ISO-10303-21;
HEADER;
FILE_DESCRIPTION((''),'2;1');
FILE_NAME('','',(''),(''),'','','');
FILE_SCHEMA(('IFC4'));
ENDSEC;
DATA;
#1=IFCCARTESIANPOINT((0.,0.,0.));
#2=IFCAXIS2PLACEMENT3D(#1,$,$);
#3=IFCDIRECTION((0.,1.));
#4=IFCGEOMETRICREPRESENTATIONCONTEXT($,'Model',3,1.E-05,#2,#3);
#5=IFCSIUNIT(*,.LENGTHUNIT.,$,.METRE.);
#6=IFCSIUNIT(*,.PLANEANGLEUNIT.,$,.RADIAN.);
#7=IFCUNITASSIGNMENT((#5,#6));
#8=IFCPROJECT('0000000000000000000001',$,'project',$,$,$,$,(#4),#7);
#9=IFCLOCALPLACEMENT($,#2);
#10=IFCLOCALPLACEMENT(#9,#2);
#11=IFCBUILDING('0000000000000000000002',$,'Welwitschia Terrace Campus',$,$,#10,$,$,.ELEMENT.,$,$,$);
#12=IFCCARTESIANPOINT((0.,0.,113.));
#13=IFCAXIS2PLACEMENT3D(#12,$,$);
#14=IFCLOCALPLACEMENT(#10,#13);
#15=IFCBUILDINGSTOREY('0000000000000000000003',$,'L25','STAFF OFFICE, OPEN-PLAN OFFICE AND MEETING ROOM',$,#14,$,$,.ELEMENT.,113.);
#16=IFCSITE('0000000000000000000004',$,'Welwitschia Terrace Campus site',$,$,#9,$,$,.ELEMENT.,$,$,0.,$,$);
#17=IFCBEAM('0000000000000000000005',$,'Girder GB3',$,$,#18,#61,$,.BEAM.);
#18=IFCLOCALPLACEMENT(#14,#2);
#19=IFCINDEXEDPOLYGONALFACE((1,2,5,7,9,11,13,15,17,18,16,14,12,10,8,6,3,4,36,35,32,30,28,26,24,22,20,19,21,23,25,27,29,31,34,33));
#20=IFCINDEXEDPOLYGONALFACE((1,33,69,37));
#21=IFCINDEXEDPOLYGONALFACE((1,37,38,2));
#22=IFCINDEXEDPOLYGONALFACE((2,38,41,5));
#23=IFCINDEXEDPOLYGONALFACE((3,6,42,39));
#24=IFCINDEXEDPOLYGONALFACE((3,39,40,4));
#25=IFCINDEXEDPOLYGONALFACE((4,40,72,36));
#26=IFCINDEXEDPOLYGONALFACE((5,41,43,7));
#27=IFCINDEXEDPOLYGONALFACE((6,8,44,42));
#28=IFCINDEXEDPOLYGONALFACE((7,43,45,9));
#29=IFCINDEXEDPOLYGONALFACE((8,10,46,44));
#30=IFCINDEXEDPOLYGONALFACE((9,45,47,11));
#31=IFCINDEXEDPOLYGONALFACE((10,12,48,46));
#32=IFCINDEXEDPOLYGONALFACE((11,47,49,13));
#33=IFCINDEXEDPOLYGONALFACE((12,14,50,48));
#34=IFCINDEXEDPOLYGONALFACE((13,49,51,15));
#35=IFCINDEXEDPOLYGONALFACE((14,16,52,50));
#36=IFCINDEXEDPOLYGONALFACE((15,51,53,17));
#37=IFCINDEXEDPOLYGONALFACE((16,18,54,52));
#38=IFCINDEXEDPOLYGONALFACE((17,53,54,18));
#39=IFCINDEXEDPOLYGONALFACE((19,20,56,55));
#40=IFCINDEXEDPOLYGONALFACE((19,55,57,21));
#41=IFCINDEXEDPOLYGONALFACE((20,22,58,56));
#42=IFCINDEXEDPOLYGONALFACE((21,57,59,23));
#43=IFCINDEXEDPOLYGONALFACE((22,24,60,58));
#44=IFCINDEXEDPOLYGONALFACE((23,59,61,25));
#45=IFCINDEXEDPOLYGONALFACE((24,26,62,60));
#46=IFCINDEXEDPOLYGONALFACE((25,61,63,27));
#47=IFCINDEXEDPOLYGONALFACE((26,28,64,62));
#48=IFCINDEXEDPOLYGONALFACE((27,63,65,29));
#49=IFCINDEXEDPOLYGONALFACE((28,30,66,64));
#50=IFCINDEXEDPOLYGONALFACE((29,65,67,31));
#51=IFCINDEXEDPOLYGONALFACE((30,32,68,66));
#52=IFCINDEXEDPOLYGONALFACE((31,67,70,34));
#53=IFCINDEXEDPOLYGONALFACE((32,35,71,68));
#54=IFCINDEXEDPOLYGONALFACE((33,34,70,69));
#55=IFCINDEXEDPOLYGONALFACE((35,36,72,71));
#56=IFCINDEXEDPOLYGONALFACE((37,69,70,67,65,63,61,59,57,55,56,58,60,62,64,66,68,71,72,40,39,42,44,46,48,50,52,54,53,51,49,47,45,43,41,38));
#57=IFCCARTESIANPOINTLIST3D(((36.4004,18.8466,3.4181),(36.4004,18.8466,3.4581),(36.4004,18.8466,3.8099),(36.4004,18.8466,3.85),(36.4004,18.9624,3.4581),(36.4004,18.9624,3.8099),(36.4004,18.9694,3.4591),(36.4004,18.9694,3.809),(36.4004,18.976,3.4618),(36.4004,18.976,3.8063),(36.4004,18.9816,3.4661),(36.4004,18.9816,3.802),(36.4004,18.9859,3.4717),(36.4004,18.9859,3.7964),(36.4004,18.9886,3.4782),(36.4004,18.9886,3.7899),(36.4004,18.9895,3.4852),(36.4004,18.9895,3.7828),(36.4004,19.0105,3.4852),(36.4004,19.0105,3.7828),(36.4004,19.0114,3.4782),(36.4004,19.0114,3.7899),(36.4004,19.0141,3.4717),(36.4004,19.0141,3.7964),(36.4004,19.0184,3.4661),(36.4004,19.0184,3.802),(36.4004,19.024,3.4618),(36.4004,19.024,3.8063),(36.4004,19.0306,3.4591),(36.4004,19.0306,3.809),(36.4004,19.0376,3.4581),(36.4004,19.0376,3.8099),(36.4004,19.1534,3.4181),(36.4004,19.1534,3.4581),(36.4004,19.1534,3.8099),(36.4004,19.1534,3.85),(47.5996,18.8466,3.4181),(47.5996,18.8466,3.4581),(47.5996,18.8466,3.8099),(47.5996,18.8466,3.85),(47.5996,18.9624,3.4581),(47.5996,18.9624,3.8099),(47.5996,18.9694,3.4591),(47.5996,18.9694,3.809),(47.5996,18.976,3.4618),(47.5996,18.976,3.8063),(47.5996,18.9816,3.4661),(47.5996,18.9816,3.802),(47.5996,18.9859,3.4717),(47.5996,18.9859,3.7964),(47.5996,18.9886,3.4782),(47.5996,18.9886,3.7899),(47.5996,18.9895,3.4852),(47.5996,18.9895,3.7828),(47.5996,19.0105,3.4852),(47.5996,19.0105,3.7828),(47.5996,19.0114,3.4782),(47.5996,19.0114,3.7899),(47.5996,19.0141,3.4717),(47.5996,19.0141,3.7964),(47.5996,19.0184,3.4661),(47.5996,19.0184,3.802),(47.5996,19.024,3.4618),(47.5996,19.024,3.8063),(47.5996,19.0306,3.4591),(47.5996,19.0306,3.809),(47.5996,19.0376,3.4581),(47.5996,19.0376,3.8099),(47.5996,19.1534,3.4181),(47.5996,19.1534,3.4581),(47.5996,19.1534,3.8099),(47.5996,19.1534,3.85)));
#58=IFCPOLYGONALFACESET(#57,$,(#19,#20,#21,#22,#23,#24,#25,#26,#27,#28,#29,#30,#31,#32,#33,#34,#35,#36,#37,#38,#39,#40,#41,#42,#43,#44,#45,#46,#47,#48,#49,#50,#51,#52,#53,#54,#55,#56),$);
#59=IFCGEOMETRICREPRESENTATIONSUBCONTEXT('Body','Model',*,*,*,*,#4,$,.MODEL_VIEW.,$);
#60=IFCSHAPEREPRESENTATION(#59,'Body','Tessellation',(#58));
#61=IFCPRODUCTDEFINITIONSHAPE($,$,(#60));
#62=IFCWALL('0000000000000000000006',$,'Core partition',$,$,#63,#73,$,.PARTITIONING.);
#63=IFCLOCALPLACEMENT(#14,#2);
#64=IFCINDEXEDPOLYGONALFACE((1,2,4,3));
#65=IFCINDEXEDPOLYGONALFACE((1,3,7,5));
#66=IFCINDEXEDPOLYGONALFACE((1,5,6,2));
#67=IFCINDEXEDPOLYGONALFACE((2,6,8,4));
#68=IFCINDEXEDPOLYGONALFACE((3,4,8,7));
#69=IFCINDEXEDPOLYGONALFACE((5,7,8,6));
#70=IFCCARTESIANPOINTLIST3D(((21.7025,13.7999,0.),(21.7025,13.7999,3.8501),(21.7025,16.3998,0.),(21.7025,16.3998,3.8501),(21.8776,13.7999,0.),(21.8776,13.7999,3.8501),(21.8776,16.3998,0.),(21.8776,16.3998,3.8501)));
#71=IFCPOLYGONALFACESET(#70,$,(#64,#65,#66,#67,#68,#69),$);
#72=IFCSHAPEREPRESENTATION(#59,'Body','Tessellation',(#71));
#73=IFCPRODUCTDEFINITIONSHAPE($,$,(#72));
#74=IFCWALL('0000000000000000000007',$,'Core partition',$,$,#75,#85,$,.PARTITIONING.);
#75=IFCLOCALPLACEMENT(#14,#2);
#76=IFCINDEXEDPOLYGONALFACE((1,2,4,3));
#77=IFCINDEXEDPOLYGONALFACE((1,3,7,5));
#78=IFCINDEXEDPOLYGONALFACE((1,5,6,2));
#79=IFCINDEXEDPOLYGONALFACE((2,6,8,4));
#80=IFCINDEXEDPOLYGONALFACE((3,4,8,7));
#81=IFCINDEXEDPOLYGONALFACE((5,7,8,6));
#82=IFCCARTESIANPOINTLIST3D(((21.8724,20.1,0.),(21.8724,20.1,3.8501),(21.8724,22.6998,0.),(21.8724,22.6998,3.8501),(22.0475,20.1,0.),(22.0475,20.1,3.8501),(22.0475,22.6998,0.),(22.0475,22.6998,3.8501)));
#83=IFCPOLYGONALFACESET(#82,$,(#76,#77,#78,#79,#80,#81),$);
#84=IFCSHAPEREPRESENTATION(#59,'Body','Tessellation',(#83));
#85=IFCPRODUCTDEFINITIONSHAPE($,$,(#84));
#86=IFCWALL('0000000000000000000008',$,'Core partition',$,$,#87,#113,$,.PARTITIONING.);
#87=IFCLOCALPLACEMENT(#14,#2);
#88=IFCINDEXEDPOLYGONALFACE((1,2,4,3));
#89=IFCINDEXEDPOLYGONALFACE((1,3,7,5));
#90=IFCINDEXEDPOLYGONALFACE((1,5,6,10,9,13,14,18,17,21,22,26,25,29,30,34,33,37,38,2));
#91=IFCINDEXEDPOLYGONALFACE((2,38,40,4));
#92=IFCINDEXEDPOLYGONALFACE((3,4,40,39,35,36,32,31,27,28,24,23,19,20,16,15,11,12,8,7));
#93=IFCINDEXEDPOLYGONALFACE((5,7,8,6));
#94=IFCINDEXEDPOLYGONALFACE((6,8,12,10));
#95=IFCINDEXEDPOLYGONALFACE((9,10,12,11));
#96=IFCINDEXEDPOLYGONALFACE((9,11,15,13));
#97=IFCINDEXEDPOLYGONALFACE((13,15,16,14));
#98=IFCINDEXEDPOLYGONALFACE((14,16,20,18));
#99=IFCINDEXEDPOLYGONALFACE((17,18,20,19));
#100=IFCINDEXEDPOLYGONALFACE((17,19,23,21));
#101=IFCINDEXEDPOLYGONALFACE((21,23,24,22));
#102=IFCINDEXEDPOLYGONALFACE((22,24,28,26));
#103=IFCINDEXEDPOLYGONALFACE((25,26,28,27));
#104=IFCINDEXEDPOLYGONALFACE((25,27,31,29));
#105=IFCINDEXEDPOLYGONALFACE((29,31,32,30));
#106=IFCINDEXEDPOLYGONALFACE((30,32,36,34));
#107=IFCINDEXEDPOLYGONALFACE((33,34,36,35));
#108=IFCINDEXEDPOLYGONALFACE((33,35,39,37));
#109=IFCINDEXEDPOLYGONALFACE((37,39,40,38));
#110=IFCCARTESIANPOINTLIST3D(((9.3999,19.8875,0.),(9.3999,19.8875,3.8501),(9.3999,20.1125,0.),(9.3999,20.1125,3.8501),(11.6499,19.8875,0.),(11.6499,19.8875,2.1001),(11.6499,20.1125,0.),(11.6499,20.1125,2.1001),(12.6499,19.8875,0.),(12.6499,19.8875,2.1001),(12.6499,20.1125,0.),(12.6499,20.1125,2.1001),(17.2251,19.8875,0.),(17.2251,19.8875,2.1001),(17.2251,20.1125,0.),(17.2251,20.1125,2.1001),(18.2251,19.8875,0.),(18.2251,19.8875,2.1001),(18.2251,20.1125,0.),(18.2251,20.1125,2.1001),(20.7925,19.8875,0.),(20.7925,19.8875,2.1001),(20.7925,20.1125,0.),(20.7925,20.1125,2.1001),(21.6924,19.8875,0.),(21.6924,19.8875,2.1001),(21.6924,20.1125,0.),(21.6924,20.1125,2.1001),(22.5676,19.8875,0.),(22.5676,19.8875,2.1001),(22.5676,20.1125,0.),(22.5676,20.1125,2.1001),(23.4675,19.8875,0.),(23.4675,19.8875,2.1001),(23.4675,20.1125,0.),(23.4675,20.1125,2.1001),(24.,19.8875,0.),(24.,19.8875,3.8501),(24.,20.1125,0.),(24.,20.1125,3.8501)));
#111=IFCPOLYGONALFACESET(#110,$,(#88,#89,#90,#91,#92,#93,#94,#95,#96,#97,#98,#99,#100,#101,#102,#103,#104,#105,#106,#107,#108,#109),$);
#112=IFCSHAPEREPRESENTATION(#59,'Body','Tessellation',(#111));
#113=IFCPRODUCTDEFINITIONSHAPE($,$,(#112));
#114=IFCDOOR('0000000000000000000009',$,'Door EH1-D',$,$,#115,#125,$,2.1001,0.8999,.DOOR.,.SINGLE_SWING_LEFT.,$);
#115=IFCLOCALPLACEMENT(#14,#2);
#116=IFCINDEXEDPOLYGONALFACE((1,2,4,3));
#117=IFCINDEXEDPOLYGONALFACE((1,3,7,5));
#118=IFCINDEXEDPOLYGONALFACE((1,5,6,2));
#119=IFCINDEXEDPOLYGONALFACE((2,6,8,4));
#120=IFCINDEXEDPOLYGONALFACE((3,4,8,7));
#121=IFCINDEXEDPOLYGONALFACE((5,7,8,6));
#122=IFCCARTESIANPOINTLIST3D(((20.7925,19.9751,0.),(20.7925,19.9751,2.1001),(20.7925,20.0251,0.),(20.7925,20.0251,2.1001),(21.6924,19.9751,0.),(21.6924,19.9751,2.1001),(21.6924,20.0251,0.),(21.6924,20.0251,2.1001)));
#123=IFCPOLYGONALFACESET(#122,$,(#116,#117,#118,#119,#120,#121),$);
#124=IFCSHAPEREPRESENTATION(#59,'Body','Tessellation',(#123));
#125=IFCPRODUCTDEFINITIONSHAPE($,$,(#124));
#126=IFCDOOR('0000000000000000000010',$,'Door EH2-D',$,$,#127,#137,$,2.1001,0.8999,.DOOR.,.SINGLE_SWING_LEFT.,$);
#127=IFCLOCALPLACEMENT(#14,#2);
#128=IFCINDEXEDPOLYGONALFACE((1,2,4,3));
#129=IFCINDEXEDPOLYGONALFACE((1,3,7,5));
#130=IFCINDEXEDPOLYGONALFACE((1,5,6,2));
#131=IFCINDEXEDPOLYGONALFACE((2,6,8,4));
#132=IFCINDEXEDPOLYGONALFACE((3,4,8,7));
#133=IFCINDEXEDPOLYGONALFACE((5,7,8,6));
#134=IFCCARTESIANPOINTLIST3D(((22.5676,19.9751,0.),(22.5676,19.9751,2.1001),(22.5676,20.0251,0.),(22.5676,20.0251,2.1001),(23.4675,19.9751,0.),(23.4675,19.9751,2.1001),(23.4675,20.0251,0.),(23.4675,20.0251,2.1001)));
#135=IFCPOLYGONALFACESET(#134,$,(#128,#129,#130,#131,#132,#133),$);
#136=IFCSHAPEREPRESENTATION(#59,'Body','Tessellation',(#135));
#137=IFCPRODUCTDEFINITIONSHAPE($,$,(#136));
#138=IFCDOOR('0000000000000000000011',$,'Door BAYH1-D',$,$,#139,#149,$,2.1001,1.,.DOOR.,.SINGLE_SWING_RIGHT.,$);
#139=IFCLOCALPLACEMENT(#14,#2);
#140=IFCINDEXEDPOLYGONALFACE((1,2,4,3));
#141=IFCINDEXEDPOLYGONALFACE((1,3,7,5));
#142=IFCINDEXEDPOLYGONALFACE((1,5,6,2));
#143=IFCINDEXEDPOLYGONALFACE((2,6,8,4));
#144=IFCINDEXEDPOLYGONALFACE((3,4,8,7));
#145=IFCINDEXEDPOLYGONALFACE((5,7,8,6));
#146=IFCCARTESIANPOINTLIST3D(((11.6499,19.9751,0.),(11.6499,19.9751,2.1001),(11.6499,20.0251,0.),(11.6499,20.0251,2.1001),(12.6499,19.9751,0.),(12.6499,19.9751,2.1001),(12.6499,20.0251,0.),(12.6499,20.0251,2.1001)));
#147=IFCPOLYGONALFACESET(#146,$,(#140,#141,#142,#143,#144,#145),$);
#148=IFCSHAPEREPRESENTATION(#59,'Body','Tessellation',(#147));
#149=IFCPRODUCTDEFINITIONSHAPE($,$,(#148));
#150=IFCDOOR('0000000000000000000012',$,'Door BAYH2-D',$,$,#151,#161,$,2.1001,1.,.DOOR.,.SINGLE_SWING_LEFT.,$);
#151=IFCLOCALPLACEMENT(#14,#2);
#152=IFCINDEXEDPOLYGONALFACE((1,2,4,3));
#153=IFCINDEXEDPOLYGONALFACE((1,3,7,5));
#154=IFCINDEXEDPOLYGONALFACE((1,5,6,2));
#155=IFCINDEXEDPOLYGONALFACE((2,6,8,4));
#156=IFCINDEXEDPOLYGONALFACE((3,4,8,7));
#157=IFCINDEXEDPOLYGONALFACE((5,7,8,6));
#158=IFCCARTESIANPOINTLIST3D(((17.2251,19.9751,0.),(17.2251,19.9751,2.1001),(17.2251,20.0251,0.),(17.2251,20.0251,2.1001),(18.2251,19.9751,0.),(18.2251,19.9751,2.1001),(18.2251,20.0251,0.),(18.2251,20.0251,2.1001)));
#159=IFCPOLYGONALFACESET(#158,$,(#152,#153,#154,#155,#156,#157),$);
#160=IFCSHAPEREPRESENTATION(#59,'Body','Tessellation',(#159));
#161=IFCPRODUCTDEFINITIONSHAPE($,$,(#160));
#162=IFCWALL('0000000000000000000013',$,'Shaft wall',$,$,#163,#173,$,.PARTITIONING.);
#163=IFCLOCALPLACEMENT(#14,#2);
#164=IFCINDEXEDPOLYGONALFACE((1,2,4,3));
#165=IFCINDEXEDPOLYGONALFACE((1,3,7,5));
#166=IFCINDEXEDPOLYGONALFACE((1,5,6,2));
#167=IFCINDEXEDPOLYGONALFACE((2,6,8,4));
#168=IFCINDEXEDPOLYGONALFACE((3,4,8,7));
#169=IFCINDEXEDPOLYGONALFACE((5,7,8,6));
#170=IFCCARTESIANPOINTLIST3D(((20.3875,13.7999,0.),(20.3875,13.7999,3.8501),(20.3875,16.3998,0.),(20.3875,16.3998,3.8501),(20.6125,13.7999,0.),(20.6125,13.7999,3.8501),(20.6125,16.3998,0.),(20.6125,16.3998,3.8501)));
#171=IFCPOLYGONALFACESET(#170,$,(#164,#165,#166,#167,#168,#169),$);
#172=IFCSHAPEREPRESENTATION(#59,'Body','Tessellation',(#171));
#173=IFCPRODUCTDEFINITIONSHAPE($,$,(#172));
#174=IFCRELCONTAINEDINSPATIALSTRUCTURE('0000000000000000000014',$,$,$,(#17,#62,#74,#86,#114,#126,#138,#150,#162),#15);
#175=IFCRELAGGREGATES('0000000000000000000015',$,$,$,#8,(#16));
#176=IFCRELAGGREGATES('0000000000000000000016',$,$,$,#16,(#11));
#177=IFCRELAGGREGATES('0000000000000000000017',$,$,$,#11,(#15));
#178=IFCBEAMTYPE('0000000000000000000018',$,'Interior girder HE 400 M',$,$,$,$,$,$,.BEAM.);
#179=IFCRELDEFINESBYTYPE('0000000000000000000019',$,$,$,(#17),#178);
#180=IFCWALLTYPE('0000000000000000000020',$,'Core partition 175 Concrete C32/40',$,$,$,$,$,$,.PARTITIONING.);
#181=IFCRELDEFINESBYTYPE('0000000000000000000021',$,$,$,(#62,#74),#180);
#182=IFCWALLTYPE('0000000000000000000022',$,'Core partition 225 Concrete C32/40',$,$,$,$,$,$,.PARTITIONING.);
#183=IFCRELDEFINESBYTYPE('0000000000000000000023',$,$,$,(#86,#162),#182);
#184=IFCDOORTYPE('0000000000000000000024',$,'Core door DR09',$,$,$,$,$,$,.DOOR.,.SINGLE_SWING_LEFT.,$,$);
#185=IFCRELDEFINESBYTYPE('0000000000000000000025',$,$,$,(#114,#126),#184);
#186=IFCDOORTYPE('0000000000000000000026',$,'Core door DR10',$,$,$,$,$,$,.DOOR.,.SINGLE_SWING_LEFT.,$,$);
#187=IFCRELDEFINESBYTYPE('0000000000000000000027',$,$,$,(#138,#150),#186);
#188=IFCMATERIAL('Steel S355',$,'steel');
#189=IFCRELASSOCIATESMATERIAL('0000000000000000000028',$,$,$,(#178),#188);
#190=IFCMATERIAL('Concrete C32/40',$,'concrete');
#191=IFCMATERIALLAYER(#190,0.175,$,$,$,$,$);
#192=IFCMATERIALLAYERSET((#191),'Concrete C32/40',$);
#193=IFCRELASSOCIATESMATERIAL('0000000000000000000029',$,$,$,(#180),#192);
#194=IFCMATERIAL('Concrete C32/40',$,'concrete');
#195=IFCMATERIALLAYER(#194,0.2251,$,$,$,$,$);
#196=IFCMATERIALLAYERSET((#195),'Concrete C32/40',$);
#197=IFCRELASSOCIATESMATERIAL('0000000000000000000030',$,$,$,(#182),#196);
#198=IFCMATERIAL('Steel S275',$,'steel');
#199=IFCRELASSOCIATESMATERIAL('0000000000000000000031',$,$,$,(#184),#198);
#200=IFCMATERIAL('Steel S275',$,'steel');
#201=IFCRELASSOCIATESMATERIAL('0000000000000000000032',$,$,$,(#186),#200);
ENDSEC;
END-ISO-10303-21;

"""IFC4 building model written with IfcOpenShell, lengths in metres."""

from ifc_helpers import new_model, si_unit, direction, frame, frame_2d, origin, origin_2d, place, context, subcontext, project, spatial, rectangle, i_section, extrude, material, layer, layer_set, material_profile, profile_set, type_object, element, fill, save


model = new_model("IFC4")

# Units and contexts
model_context = context("Model", 3, precision=1e-05, world=origin(), true_north=direction((0.0, 1.0)))
body_context = subcontext(model_context, "Body", "Model", "MODEL_VIEW")
ifc_project = project(units=[si_unit("LENGTHUNIT", "METRE"), si_unit("PLANEANGLEUNIT", "RADIAN")], contexts=[model_context])

# Site, building, storey
site_placement = place(None, origin())
site = spatial("IfcSite", under=ifc_project, at=site_placement, Name="Welwitschia Terrace Campus site", CompositionType="ELEMENT", RefElevation=0.0)
building_placement = place(site_placement, origin())
building = spatial("IfcBuilding", under=site, at=building_placement, Name="Welwitschia Terrace Campus", CompositionType="ELEMENT")
storey_placement = place(building_placement, frame((0.0, 0.0, 113.0)))
storey = spatial("IfcBuildingStorey", under=building, at=storey_placement, Name="L25", Description="STAFF OFFICE, OPEN-PLAN OFFICE AND MEETING ROOM", CompositionType="ELEMENT", Elevation=113.0)

# Beam
ifc_material_1 = material(Name="Steel S355", Category="steel")
ifc_material_profile_1 = material_profile(ifc_material_1, i_section(OverallWidth=0.3069, OverallDepth=0.4319, WebThickness=0.021, FlangeThickness=0.04, FilletRadius=0.0271, at=origin_2d()))
ifc_profile_set_1 = profile_set([ifc_material_profile_1], Name="Steel S355")
beam_type = type_object("IfcBeamType", Name="Interior girder HE 400 M", PredefinedType="BEAM", material=ifc_profile_set_1)
beam_1_placement = place(storey_placement, frame((36.4004, 19.0, 3.634), z_axis=(1.0, 0.0, 0.0), x_axis=(0.0, 1.0, 0.0)))
element("IfcBeam", 1, at=beam_1_placement, inside=storey, type_object=beam_type, Name="Girder GB3", PredefinedType="BEAM", context=body_context, shape_type="SweptSolid", body=[
    extrude(i_section(OverallWidth=0.3069, OverallDepth=0.4319, WebThickness=0.021, FlangeThickness=0.04, FilletRadius=0.0271, at=origin_2d()), origin(), (0.0, 0.0, 1.0), 11.1992),
])

# Walls
ifc_material_2 = material(Name="Concrete C32/40", Category="concrete")
ifc_layer_1 = layer(ifc_material_2, 0.175)
ifc_layer_set_1 = layer_set([ifc_layer_1], Name="Concrete C32/40")
wall_type_1 = type_object("IfcWallType", Name="Core partition 175 Concrete C32/40", PredefinedType="PARTITIONING", material=ifc_layer_set_1)
for number, where, z_axis, x_axis, name in (
    (2, (21.79, 13.8, 0.0), (0.0, 0.0, 1.0), (0.0, 1.0, 0.0), "Core partition"),
    (3, (21.96, 20.1001, 0.0), (0.0, 0.0, 1.0), (0.0, 1.0, 0.0), "Core partition"),
):
    element("IfcWall", number, at=place(storey_placement, frame(where, z_axis=z_axis, x_axis=x_axis)), inside=storey, type_object=wall_type_1, Name=name, PredefinedType="PARTITIONING", context=body_context, shape_type="SweptSolid", body=[
        extrude(rectangle(XDim=2.5999, YDim=0.175, at=frame_2d((1.2998, 0.0))), origin(), (0.0, 0.0, 1.0), 3.8501),
    ])

# Wall, openings, doors
ifc_material_3 = material(Name="Concrete C32/40", Category="concrete")
ifc_layer_2 = layer(ifc_material_3, 0.2251)
ifc_layer_set_2 = layer_set([ifc_layer_2], Name="Concrete C32/40")
wall_type_2 = type_object("IfcWallType", Name="Core partition 225 Concrete C32/40", PredefinedType="PARTITIONING", material=ifc_layer_set_2)
wall_1_placement = place(storey_placement, frame((24.0, 20.0, 0.0), z_axis=(0.0, 0.0, 1.0), x_axis=(-1.0, 0.0, 0.0)))
wall_1 = element("IfcWall", 4, at=wall_1_placement, inside=storey, type_object=wall_type_2, Name="Core partition", PredefinedType="PARTITIONING", context=body_context, shape_type="SweptSolid", body=[
    extrude(rectangle(XDim=14.6001, YDim=0.2251, at=frame_2d((7.3, 0.0))), origin(), (0.0, 0.0, 1.0), 3.8501),
])
opening_1_placement = place(wall_1_placement, frame((11.3501, 0.0, 0.0)))
opening_1 = element("IfcOpeningElement", 5, at=opening_1_placement, cuts=wall_1, PredefinedType="OPENING", context=body_context, shape_type="SweptSolid", body=[
    extrude(rectangle(XDim=1.0, YDim=2.1001, at=frame_2d((0.5, 1.05))), frame((0.0, 0.1226, 0.0), z_axis=(0.0, -1.0, 0.0), x_axis=(1.0, 0.0, 0.0)), (0.0, 0.0, 1.0), 0.2451),
])
opening_2_placement = place(wall_1_placement, frame((5.7749, 0.0, 0.0)))
opening_2 = element("IfcOpeningElement", 6, at=opening_2_placement, cuts=wall_1, PredefinedType="OPENING", context=body_context, shape_type="SweptSolid", body=[
    extrude(rectangle(XDim=1.0, YDim=2.1001, at=frame_2d((0.5, 1.05))), frame((0.0, 0.1226, 0.0), z_axis=(0.0, -1.0, 0.0), x_axis=(1.0, 0.0, 0.0)), (0.0, 0.0, 1.0), 0.2451),
])
opening_3_placement = place(wall_1_placement, frame((2.3076, 0.0, 0.0)))
opening_3 = element("IfcOpeningElement", 7, at=opening_3_placement, cuts=wall_1, PredefinedType="OPENING", context=body_context, shape_type="SweptSolid", body=[
    extrude(rectangle(XDim=0.8999, YDim=2.1001, at=frame_2d((0.45, 1.05))), frame((0.0, 0.1226, 0.0), z_axis=(0.0, -1.0, 0.0), x_axis=(1.0, 0.0, 0.0)), (0.0, 0.0, 1.0), 0.2451),
])
opening_4_placement = place(wall_1_placement, frame((0.5325, 0.0, 0.0)))
opening_4 = element("IfcOpeningElement", 8, at=opening_4_placement, cuts=wall_1, PredefinedType="OPENING", context=body_context, shape_type="SweptSolid", body=[
    extrude(rectangle(XDim=0.8999, YDim=2.1001, at=frame_2d((0.45, 1.05))), frame((0.0, 0.1226, 0.0), z_axis=(0.0, -1.0, 0.0), x_axis=(1.0, 0.0, 0.0)), (0.0, 0.0, 1.0), 0.2451),
])
ifc_material_4 = material(Name="Steel S275", Category="steel")
door_type_1 = type_object("IfcDoorType", Name="Core door DR09", OperationType="SINGLE_SWING_LEFT", PredefinedType="DOOR", material=ifc_material_4)
door_1_placement = place(opening_3_placement, origin())
door_1 = element("IfcDoor", 9, at=door_1_placement, inside=storey, type_object=door_type_1, Name="Door EH1-D", OperationType="SINGLE_SWING_LEFT", OverallHeight=2.1001, OverallWidth=0.8999, PredefinedType="DOOR", context=body_context, shape_type="SweptSolid", body=[
    extrude(rectangle(XDim=0.8999, YDim=2.1001, at=frame_2d((0.45, 1.05))), frame((0.0, 0.0249, 0.0), z_axis=(0.0, -1.0, 0.0), x_axis=(1.0, 0.0, 0.0)), (0.0, 0.0, 1.0), 0.05),
])
fill(opening_3, door_1)
door_2_placement = place(opening_4_placement, origin())
door_2 = element("IfcDoor", 10, at=door_2_placement, inside=storey, type_object=door_type_1, Name="Door EH2-D", OperationType="SINGLE_SWING_LEFT", OverallHeight=2.1001, OverallWidth=0.8999, PredefinedType="DOOR", context=body_context, shape_type="SweptSolid", body=[
    extrude(rectangle(XDim=0.8999, YDim=2.1001, at=frame_2d((0.45, 1.05))), frame((0.0, 0.0249, 0.0), z_axis=(0.0, -1.0, 0.0), x_axis=(1.0, 0.0, 0.0)), (0.0, 0.0, 1.0), 0.05),
])
fill(opening_4, door_2)
ifc_material_5 = material(Name="Steel S275", Category="steel")
door_type_2 = type_object("IfcDoorType", Name="Core door DR10", OperationType="SINGLE_SWING_LEFT", PredefinedType="DOOR", material=ifc_material_5)
door_3_placement = place(opening_1_placement, origin())
door_3 = element("IfcDoor", 11, at=door_3_placement, inside=storey, type_object=door_type_2, Name="Door BAYH1-D", OperationType="SINGLE_SWING_RIGHT", OverallHeight=2.1001, OverallWidth=1.0, PredefinedType="DOOR", context=body_context, shape_type="SweptSolid", body=[
    extrude(rectangle(XDim=1.0, YDim=2.1001, at=frame_2d((0.5, 1.05))), frame((0.0, 0.0249, 0.0), z_axis=(0.0, -1.0, 0.0), x_axis=(1.0, 0.0, 0.0)), (0.0, 0.0, 1.0), 0.05),
])
fill(opening_1, door_3)
door_4_placement = place(opening_2_placement, origin())
door_4 = element("IfcDoor", 12, at=door_4_placement, inside=storey, type_object=door_type_2, Name="Door BAYH2-D", OperationType="SINGLE_SWING_LEFT", OverallHeight=2.1001, OverallWidth=1.0, PredefinedType="DOOR", context=body_context, shape_type="SweptSolid", body=[
    extrude(rectangle(XDim=1.0, YDim=2.1001, at=frame_2d((0.5, 1.05))), frame((0.0, 0.0249, 0.0), z_axis=(0.0, -1.0, 0.0), x_axis=(1.0, 0.0, 0.0)), (0.0, 0.0, 1.0), 0.05),
])
fill(opening_2, door_4)

# Wall
for number, where, z_axis, x_axis, name in (
    (13, (20.5, 13.8, 0.0), (0.0, 0.0, 1.0), (0.0, 1.0, 0.0), "Shaft wall"),
):
    element("IfcWall", number, at=place(storey_placement, frame(where, z_axis=z_axis, x_axis=x_axis)), inside=storey, type_object=wall_type_2, Name=name, PredefinedType="PARTITIONING", context=body_context, shape_type="SweptSolid", body=[
        extrude(rectangle(XDim=2.5999, YDim=0.2251, at=frame_2d((1.2998, 0.0))), origin(), (0.0, 0.0, 1.0), 3.8501),
    ])

save(model, "model.ifc")
